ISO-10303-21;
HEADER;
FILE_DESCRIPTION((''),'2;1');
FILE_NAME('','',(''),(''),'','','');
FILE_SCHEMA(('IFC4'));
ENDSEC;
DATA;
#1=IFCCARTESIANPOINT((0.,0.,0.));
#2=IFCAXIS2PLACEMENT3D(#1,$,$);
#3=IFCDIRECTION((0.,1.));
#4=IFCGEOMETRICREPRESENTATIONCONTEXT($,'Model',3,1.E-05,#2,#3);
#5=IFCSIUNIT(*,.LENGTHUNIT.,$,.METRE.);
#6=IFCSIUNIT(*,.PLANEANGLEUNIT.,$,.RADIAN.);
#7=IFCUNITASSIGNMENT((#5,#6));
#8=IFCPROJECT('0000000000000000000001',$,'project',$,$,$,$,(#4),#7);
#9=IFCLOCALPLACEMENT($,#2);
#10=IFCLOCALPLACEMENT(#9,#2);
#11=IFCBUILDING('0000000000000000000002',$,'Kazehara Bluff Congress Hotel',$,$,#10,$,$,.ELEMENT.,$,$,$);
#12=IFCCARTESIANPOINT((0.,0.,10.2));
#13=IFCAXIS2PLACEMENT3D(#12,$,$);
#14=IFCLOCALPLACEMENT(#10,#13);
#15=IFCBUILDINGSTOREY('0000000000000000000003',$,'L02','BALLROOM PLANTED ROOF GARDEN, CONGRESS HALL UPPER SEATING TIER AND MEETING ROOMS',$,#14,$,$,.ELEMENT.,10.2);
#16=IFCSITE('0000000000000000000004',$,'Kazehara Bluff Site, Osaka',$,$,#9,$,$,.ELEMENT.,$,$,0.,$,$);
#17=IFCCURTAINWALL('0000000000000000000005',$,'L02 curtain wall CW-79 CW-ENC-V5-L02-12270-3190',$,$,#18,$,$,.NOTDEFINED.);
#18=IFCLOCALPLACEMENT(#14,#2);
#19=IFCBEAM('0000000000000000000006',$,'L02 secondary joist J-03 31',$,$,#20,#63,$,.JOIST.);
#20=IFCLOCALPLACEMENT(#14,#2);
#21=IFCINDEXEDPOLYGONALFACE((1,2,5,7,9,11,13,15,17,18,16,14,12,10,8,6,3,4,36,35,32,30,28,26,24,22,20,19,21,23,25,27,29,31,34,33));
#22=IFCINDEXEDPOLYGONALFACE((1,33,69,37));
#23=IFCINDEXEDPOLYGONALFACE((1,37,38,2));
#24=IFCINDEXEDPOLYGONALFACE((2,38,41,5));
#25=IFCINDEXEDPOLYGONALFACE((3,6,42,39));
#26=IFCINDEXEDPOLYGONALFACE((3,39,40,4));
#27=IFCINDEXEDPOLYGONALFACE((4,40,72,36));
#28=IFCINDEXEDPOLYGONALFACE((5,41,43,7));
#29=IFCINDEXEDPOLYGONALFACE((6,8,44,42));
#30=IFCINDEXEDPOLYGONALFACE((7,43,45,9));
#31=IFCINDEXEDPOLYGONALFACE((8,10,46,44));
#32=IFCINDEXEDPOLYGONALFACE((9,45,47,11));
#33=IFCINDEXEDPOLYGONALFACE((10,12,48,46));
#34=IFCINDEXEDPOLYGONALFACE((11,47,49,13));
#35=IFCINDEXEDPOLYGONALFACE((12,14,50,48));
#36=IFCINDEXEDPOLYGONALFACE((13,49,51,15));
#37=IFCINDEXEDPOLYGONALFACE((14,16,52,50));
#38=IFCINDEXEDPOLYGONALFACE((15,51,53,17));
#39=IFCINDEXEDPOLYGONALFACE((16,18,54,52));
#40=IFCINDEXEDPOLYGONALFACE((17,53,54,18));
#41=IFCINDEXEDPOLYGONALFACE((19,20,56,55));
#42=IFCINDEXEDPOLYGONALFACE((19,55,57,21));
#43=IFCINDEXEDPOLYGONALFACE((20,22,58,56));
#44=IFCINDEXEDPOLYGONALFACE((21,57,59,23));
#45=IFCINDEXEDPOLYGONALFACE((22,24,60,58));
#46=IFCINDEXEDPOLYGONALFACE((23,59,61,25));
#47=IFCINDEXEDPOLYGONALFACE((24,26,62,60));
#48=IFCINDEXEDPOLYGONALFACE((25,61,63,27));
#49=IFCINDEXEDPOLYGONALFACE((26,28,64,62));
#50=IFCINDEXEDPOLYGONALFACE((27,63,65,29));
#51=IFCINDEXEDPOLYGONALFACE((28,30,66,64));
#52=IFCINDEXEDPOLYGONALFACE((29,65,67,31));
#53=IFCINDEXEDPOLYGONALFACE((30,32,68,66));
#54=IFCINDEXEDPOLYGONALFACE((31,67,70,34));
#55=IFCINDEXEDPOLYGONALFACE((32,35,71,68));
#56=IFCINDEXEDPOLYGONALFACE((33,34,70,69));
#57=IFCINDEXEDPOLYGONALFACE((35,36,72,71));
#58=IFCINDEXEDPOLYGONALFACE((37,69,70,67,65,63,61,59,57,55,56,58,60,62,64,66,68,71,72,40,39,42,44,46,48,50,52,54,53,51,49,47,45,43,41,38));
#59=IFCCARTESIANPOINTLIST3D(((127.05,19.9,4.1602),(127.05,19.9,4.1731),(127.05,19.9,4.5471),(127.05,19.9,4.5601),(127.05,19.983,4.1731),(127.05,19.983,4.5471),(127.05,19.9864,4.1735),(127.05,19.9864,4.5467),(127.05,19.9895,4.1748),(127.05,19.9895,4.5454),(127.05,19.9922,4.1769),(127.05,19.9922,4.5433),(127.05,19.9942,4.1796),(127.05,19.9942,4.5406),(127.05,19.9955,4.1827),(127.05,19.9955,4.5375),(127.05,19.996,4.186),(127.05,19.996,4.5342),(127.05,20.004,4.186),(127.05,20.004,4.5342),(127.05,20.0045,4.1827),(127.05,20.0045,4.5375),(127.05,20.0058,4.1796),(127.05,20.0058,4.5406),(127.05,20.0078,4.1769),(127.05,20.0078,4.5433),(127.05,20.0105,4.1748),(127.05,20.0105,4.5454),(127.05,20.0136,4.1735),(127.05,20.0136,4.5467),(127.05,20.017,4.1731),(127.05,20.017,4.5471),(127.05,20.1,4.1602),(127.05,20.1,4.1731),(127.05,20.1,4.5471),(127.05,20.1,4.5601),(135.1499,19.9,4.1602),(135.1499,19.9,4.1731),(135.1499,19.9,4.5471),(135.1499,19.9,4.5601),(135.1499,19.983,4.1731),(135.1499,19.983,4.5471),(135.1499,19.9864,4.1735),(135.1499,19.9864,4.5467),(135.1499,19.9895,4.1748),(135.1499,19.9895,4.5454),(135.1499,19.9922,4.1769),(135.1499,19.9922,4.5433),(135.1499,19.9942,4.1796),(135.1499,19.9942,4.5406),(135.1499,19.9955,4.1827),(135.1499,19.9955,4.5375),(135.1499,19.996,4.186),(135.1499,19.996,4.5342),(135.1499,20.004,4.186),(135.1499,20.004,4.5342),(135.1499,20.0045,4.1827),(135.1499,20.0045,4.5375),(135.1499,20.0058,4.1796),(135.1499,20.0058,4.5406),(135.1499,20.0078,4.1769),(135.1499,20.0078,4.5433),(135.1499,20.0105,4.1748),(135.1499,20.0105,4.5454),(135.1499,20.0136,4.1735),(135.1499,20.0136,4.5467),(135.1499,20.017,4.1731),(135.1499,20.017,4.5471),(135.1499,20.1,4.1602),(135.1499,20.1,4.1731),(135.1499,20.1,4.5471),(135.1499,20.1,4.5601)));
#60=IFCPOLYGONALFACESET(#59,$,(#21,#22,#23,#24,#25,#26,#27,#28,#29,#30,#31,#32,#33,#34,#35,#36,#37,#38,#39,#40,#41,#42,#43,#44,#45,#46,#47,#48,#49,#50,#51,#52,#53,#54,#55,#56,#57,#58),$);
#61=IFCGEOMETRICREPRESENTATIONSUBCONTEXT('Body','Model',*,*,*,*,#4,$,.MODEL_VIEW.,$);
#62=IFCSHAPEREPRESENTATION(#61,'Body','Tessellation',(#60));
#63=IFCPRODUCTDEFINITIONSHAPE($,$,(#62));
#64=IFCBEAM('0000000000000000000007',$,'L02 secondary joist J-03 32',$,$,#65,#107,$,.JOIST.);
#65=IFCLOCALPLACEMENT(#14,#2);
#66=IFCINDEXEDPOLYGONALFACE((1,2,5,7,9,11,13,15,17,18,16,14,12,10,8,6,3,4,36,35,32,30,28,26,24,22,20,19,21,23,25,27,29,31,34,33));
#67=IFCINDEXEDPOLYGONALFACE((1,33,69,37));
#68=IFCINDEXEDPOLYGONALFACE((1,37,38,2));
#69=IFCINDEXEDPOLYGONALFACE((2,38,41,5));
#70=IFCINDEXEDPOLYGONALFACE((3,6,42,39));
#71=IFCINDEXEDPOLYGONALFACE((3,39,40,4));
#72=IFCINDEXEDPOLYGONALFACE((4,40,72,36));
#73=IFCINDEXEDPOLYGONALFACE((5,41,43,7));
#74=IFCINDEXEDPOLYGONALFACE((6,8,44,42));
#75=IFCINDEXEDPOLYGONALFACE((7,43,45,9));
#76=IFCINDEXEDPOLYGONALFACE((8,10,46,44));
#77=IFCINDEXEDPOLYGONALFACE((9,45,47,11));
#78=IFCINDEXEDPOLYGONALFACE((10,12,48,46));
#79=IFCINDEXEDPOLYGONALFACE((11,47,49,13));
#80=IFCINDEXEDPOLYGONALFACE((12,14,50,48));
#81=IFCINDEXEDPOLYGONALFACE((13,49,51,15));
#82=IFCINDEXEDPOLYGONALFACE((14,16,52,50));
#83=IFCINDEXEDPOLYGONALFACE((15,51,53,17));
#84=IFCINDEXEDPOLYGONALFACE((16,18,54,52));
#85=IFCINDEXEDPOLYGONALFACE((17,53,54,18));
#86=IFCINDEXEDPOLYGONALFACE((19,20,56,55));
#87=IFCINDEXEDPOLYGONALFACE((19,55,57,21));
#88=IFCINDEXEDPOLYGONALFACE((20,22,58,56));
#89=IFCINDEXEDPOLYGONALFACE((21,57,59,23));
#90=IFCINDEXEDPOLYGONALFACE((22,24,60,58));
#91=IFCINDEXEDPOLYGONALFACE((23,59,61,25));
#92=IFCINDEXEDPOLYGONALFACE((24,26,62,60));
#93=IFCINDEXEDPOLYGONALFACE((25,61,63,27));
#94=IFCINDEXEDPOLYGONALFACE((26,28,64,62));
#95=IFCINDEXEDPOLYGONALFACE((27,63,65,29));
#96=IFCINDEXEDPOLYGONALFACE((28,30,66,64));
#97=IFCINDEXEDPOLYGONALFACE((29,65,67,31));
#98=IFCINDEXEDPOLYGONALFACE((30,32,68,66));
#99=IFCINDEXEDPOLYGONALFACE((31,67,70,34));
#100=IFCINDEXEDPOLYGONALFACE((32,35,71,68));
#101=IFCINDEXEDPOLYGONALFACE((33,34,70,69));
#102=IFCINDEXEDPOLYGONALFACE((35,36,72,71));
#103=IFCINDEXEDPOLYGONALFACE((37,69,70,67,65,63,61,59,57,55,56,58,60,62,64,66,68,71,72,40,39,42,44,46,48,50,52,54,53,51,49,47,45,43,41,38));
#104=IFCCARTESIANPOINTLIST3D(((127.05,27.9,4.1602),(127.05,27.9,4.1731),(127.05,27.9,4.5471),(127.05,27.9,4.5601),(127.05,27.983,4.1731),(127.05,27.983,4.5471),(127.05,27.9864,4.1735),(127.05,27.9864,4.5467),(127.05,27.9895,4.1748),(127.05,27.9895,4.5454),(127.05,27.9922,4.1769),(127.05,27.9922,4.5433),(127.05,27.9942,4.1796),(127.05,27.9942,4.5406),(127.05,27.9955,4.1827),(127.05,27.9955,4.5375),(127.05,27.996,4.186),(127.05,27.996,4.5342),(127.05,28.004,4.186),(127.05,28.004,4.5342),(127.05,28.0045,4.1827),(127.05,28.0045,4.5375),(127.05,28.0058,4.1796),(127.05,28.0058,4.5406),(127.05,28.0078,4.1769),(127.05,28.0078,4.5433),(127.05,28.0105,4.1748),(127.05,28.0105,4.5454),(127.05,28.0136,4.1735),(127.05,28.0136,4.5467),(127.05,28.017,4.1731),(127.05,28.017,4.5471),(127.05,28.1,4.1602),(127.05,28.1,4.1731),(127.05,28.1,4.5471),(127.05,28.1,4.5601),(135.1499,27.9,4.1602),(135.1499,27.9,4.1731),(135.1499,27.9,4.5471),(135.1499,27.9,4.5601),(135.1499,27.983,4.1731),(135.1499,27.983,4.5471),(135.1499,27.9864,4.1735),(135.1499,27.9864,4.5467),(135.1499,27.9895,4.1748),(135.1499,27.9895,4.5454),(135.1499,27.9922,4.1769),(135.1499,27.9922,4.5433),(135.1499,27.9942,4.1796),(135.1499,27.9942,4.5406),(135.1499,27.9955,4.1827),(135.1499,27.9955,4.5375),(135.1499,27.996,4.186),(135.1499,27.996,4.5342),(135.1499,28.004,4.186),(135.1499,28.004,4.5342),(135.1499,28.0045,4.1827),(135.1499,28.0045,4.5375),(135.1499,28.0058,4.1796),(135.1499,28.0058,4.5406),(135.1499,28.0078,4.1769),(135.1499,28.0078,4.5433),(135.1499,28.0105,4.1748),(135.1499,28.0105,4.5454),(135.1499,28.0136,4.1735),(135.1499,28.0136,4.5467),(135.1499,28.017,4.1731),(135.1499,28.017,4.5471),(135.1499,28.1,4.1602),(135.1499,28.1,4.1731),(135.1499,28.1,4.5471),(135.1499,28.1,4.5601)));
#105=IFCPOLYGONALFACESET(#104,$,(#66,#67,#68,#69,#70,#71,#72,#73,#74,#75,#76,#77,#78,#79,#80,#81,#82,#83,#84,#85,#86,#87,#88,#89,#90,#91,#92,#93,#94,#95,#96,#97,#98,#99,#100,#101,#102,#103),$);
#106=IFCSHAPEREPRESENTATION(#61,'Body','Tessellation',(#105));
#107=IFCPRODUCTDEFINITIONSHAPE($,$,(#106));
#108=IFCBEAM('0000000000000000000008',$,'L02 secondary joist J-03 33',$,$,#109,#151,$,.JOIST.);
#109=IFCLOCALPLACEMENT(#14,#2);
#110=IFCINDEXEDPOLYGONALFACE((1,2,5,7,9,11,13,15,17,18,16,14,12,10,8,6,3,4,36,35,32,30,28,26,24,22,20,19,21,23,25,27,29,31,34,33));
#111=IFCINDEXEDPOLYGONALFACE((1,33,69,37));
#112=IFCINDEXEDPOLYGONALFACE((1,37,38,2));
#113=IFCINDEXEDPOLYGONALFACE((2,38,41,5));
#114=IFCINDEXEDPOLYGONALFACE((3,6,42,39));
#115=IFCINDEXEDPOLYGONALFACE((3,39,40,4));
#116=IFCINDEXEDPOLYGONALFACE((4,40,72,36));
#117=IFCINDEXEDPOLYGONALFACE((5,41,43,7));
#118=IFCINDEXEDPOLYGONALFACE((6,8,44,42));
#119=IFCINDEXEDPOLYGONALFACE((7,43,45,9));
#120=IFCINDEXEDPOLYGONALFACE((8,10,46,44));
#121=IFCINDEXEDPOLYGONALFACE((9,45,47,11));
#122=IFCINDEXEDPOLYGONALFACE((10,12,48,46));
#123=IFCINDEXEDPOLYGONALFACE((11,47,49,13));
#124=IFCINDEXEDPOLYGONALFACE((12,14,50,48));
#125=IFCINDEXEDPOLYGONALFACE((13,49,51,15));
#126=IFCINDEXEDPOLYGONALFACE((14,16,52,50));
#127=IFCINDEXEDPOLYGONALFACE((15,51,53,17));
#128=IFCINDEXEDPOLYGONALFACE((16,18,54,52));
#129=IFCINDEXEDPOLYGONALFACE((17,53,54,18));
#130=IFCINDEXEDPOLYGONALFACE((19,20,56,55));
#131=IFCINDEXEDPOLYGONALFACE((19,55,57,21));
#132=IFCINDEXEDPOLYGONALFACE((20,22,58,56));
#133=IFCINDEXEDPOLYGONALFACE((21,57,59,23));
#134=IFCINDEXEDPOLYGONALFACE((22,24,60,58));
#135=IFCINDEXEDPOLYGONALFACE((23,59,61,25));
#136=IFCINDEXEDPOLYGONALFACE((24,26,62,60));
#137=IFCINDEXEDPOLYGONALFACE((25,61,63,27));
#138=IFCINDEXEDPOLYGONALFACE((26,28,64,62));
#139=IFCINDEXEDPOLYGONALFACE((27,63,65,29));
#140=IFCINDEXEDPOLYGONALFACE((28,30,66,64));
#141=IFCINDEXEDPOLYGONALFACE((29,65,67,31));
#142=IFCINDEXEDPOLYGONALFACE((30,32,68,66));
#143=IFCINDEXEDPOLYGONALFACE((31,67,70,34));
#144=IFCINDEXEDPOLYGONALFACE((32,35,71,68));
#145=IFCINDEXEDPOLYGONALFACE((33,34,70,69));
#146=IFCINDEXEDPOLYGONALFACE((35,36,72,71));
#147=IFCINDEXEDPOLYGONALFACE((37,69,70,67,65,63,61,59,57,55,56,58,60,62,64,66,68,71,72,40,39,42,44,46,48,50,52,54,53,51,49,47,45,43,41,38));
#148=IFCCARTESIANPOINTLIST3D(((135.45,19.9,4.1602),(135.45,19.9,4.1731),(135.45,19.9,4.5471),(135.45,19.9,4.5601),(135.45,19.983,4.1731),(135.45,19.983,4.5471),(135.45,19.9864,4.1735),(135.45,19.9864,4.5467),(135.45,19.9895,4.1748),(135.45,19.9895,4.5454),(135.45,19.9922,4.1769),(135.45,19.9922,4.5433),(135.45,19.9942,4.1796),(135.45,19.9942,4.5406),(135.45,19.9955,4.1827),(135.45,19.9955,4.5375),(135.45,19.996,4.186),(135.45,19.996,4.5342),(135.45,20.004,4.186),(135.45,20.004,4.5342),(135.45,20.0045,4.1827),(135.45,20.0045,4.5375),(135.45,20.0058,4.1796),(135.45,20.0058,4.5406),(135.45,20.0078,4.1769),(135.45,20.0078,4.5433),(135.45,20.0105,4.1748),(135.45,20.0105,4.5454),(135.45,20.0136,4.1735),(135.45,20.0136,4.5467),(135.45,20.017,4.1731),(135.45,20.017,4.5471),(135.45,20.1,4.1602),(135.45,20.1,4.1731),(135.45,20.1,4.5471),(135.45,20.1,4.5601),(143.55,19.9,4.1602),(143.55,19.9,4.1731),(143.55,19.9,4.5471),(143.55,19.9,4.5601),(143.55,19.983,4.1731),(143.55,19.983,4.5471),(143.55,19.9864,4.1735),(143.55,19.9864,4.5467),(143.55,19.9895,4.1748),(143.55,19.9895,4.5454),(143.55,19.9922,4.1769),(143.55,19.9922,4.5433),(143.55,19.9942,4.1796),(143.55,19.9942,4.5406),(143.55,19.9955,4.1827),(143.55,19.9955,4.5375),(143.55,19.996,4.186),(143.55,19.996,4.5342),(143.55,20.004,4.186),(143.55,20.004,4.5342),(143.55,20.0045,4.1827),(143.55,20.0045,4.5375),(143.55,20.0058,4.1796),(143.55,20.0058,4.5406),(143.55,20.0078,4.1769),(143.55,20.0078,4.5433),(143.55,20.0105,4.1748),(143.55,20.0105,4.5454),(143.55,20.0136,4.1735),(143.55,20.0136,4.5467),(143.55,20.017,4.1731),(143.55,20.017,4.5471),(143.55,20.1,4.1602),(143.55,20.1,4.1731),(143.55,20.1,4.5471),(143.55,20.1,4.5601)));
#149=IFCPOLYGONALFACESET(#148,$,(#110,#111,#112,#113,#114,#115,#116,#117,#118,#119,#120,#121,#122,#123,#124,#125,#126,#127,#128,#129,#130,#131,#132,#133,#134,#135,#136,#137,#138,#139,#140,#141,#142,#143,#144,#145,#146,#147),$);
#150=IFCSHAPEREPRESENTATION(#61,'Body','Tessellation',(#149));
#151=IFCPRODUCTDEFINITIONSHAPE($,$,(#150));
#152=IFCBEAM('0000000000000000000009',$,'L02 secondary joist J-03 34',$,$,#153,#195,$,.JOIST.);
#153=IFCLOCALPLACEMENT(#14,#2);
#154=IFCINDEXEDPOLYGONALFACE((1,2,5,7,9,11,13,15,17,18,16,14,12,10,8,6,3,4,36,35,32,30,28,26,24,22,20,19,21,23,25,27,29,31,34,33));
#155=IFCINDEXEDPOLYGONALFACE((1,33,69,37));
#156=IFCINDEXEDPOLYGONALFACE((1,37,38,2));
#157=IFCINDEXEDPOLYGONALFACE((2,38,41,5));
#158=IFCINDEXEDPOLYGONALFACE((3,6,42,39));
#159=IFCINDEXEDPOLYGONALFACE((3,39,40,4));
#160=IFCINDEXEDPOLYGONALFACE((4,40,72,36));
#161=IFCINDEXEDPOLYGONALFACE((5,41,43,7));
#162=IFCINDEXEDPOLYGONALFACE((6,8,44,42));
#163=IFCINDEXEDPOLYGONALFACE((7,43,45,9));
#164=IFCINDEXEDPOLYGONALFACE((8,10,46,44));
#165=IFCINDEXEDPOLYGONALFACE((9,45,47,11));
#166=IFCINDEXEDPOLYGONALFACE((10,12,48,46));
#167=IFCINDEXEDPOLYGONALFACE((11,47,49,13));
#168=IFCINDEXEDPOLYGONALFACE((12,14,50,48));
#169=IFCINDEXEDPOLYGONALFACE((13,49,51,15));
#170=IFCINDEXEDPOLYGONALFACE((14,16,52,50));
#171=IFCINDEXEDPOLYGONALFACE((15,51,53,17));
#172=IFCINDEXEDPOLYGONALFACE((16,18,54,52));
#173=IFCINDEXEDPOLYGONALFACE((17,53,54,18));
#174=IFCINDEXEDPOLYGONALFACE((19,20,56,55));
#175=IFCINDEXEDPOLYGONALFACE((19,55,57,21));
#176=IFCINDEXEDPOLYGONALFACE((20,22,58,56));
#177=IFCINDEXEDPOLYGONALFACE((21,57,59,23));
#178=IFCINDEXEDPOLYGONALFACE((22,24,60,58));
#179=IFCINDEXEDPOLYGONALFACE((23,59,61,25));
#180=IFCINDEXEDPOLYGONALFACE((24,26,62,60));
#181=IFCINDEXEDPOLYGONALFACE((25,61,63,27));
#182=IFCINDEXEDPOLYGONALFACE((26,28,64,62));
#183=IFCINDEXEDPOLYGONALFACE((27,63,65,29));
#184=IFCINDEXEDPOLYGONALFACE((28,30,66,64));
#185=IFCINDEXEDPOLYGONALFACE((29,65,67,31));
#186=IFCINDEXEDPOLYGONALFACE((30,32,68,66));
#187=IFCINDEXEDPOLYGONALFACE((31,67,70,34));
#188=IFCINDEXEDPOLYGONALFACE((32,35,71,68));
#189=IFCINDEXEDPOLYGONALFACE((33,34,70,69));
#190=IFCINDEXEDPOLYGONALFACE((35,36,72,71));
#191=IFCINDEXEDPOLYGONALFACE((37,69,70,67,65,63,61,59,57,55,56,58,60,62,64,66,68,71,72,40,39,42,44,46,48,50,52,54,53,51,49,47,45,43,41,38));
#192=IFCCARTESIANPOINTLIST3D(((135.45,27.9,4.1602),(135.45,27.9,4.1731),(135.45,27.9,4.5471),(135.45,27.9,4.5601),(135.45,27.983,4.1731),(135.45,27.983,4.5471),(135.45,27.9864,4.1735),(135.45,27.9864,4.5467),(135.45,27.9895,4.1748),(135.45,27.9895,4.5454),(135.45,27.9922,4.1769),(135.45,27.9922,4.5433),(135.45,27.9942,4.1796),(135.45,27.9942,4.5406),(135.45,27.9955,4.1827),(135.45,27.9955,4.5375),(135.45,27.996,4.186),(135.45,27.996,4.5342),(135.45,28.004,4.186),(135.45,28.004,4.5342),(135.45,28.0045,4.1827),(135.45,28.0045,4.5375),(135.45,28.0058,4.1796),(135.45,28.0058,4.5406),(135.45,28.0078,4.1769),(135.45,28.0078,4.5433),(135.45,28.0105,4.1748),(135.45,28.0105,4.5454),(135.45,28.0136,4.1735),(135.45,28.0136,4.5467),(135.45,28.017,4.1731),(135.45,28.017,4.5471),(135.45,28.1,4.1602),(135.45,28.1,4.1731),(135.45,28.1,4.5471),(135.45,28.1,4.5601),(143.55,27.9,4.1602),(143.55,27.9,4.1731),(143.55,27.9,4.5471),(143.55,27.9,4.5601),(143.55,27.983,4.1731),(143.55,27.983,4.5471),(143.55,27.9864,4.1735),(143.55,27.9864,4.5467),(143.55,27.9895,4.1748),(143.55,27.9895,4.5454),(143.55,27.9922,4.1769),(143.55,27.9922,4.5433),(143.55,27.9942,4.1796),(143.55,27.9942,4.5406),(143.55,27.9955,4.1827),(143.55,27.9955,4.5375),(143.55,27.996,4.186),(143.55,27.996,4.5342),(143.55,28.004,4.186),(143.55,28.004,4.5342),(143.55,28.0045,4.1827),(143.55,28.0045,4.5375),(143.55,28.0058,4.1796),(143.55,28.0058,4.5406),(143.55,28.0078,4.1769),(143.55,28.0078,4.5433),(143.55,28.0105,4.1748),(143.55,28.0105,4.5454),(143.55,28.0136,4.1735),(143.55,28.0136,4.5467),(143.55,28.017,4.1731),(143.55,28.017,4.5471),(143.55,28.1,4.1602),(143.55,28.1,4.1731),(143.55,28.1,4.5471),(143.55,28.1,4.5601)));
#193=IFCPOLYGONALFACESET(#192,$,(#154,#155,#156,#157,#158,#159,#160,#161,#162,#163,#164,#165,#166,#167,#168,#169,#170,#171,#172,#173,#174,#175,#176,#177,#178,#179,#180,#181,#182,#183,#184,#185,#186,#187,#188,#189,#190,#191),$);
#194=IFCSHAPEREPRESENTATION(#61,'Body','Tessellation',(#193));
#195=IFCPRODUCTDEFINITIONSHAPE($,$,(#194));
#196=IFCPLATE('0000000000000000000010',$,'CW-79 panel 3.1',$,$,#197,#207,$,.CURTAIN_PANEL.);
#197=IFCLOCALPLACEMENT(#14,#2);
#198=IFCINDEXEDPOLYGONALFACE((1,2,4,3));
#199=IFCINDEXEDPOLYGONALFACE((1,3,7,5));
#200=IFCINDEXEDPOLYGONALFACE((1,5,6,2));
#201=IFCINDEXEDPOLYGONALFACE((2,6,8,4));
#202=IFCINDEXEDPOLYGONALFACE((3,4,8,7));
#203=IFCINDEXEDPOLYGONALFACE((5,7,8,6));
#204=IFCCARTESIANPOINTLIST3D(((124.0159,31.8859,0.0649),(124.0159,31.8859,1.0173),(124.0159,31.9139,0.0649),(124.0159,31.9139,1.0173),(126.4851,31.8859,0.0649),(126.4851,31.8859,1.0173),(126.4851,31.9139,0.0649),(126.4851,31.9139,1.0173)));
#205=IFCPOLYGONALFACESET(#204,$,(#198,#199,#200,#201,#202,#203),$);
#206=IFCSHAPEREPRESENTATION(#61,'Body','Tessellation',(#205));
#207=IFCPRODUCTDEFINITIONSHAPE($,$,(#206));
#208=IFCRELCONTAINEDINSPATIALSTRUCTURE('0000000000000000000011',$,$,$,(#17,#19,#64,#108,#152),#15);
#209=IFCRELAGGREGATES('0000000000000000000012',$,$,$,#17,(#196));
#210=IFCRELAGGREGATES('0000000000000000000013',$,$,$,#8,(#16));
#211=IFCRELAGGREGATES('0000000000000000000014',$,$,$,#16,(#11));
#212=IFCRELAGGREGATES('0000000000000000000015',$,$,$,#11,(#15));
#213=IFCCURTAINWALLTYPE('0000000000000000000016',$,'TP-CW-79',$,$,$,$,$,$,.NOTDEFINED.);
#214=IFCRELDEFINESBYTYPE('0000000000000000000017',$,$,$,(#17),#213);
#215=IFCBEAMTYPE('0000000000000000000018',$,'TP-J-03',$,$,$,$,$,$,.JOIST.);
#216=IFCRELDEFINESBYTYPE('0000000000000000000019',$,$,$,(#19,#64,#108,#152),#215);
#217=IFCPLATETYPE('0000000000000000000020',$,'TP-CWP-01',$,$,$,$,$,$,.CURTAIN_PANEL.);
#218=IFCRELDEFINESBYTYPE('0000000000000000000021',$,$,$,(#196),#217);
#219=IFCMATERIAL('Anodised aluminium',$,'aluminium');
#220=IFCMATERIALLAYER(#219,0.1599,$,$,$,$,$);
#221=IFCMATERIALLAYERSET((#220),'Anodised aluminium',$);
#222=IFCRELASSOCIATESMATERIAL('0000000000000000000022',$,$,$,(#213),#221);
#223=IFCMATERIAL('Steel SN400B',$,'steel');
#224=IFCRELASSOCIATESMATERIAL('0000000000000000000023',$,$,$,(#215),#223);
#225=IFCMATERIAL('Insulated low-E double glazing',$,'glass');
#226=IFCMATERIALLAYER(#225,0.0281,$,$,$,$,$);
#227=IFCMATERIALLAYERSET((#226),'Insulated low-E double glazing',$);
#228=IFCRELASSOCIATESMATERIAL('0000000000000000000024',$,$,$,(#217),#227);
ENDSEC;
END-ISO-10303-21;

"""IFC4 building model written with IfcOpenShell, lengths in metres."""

from ifc_helpers import new_model, si_unit, direction, frame, origin, origin_2d, place, context, subcontext, project, spatial, rectangle, i_section, extrude, material, layer, layer_set, material_profile, profile_set, type_object, element, aggregate, save


model = new_model("IFC4")

# Units and contexts
model_context = context("Model", 3, precision=1e-05, world=origin(), true_north=direction((0.0, 1.0)))
body_context = subcontext(model_context, "Body", "Model", "MODEL_VIEW")
ifc_project = project(units=[si_unit("LENGTHUNIT", "METRE"), si_unit("PLANEANGLEUNIT", "RADIAN")], contexts=[model_context])

# Site, building, storey
site_placement = place(None, origin())
site = spatial("IfcSite", under=ifc_project, at=site_placement, Name="Kazehara Bluff Site, Osaka", CompositionType="ELEMENT", RefElevation=0.0)
building_placement = place(site_placement, origin())
building = spatial("IfcBuilding", under=site, at=building_placement, Name="Kazehara Bluff Congress Hotel", CompositionType="ELEMENT")
storey_placement = place(building_placement, frame((0.0, 0.0, 10.2)))
storey = spatial("IfcBuildingStorey", under=building, at=storey_placement, Name="L02", Description="BALLROOM PLANTED ROOF GARDEN, CONGRESS HALL UPPER SEATING TIER AND MEETING ROOMS", CompositionType="ELEMENT", Elevation=10.2)

# Curtain wall
ifc_material_1 = material(Name="Anodised aluminium", Category="aluminium")
ifc_layer_1 = layer(ifc_material_1, 0.1599)
ifc_layer_set_1 = layer_set([ifc_layer_1], Name="Anodised aluminium")
curtain_wall_type_1 = type_object("IfcCurtainWallType", Name="TP-CW-79", PredefinedType="NOTDEFINED", material=ifc_layer_set_1)
curtain_wall_1_placement = place(storey_placement, origin())
curtain_wall_1 = element("IfcCurtainWall", 1, at=curtain_wall_1_placement, inside=storey, type_object=curtain_wall_type_1, Name="L02 curtain wall CW-79 CW-ENC-V5-L02-12270-3190", PredefinedType="NOTDEFINED")

# Beams
ifc_material_2 = material(Name="Steel SN400B", Category="steel")
ifc_material_profile_1 = material_profile(ifc_material_2, i_section(OverallWidth=0.2, OverallDepth=0.3999, WebThickness=0.0081, FlangeThickness=0.0129, FilletRadius=0.0129, at=origin_2d()))
ifc_profile_set_1 = profile_set([ifc_material_profile_1], Name="Steel SN400B")
beam_type_1 = type_object("IfcBeamType", Name="TP-J-03", PredefinedType="JOIST", material=ifc_profile_set_1)
for number, where, z_axis, x_axis, name in (
    (2, (127.05, 20.0, 4.3601), (1.0, 0.0, 0.0), (0.0, 1.0, 0.0), "L02 secondary joist J-03 31"),
    (3, (127.05, 28.0, 4.3601), (1.0, 0.0, 0.0), (0.0, 1.0, 0.0), "L02 secondary joist J-03 32"),
):
    element("IfcBeam", number, at=place(storey_placement, frame(where, z_axis=z_axis, x_axis=x_axis)), inside=storey, type_object=beam_type_1, Name=name, PredefinedType="JOIST", context=body_context, shape_type="SweptSolid", body=[
        extrude(i_section(OverallWidth=0.2, OverallDepth=0.3999, WebThickness=0.0081, FlangeThickness=0.0129, FilletRadius=0.0129, at=origin_2d()), origin(), (0.0, 0.0, 1.0), 8.0999),
    ])
for number, where, z_axis, x_axis, name in (
    (4, (135.45, 20.0, 4.3601), (1.0, 0.0, 0.0), (0.0, 1.0, 0.0), "L02 secondary joist J-03 33"),
    (5, (135.45, 28.0, 4.3601), (1.0, 0.0, 0.0), (0.0, 1.0, 0.0), "L02 secondary joist J-03 34"),
):
    element("IfcBeam", number, at=place(storey_placement, frame(where, z_axis=z_axis, x_axis=x_axis)), inside=storey, type_object=beam_type_1, Name=name, PredefinedType="JOIST", context=body_context, shape_type="SweptSolid", body=[
        extrude(i_section(OverallWidth=0.2, OverallDepth=0.3999, WebThickness=0.0081, FlangeThickness=0.0129, FilletRadius=0.0129, at=origin_2d()), origin(), (0.0, 0.0, 1.0), 8.1001),
    ])

# Plate
ifc_material_3 = material(Name="Insulated low-E double glazing", Category="glass")
ifc_layer_2 = layer(ifc_material_3, 0.0281)
ifc_layer_set_2 = layer_set([ifc_layer_2], Name="Insulated low-E double glazing")
plate_type = type_object("IfcPlateType", Name="TP-CWP-01", PredefinedType="CURTAIN_PANEL", material=ifc_layer_set_2)
plate_1_placement = place(storey_placement, frame((125.2505, 31.8999, 0.0649), z_axis=(0.0, 0.0, 1.0), x_axis=(1.0, 0.0, 0.0)))
plate_1 = element("IfcPlate", 6, at=plate_1_placement, type_object=plate_type, Name="CW-79 panel 3.1", PredefinedType="CURTAIN_PANEL", context=body_context, shape_type="SweptSolid", body=[
    extrude(rectangle(XDim=2.4692, YDim=0.0281, at=origin_2d()), origin(), (0.0, 0.0, 1.0), 0.9524),
])
aggregate(curtain_wall_1, [plate_1])

save(model, "model.ifc")
